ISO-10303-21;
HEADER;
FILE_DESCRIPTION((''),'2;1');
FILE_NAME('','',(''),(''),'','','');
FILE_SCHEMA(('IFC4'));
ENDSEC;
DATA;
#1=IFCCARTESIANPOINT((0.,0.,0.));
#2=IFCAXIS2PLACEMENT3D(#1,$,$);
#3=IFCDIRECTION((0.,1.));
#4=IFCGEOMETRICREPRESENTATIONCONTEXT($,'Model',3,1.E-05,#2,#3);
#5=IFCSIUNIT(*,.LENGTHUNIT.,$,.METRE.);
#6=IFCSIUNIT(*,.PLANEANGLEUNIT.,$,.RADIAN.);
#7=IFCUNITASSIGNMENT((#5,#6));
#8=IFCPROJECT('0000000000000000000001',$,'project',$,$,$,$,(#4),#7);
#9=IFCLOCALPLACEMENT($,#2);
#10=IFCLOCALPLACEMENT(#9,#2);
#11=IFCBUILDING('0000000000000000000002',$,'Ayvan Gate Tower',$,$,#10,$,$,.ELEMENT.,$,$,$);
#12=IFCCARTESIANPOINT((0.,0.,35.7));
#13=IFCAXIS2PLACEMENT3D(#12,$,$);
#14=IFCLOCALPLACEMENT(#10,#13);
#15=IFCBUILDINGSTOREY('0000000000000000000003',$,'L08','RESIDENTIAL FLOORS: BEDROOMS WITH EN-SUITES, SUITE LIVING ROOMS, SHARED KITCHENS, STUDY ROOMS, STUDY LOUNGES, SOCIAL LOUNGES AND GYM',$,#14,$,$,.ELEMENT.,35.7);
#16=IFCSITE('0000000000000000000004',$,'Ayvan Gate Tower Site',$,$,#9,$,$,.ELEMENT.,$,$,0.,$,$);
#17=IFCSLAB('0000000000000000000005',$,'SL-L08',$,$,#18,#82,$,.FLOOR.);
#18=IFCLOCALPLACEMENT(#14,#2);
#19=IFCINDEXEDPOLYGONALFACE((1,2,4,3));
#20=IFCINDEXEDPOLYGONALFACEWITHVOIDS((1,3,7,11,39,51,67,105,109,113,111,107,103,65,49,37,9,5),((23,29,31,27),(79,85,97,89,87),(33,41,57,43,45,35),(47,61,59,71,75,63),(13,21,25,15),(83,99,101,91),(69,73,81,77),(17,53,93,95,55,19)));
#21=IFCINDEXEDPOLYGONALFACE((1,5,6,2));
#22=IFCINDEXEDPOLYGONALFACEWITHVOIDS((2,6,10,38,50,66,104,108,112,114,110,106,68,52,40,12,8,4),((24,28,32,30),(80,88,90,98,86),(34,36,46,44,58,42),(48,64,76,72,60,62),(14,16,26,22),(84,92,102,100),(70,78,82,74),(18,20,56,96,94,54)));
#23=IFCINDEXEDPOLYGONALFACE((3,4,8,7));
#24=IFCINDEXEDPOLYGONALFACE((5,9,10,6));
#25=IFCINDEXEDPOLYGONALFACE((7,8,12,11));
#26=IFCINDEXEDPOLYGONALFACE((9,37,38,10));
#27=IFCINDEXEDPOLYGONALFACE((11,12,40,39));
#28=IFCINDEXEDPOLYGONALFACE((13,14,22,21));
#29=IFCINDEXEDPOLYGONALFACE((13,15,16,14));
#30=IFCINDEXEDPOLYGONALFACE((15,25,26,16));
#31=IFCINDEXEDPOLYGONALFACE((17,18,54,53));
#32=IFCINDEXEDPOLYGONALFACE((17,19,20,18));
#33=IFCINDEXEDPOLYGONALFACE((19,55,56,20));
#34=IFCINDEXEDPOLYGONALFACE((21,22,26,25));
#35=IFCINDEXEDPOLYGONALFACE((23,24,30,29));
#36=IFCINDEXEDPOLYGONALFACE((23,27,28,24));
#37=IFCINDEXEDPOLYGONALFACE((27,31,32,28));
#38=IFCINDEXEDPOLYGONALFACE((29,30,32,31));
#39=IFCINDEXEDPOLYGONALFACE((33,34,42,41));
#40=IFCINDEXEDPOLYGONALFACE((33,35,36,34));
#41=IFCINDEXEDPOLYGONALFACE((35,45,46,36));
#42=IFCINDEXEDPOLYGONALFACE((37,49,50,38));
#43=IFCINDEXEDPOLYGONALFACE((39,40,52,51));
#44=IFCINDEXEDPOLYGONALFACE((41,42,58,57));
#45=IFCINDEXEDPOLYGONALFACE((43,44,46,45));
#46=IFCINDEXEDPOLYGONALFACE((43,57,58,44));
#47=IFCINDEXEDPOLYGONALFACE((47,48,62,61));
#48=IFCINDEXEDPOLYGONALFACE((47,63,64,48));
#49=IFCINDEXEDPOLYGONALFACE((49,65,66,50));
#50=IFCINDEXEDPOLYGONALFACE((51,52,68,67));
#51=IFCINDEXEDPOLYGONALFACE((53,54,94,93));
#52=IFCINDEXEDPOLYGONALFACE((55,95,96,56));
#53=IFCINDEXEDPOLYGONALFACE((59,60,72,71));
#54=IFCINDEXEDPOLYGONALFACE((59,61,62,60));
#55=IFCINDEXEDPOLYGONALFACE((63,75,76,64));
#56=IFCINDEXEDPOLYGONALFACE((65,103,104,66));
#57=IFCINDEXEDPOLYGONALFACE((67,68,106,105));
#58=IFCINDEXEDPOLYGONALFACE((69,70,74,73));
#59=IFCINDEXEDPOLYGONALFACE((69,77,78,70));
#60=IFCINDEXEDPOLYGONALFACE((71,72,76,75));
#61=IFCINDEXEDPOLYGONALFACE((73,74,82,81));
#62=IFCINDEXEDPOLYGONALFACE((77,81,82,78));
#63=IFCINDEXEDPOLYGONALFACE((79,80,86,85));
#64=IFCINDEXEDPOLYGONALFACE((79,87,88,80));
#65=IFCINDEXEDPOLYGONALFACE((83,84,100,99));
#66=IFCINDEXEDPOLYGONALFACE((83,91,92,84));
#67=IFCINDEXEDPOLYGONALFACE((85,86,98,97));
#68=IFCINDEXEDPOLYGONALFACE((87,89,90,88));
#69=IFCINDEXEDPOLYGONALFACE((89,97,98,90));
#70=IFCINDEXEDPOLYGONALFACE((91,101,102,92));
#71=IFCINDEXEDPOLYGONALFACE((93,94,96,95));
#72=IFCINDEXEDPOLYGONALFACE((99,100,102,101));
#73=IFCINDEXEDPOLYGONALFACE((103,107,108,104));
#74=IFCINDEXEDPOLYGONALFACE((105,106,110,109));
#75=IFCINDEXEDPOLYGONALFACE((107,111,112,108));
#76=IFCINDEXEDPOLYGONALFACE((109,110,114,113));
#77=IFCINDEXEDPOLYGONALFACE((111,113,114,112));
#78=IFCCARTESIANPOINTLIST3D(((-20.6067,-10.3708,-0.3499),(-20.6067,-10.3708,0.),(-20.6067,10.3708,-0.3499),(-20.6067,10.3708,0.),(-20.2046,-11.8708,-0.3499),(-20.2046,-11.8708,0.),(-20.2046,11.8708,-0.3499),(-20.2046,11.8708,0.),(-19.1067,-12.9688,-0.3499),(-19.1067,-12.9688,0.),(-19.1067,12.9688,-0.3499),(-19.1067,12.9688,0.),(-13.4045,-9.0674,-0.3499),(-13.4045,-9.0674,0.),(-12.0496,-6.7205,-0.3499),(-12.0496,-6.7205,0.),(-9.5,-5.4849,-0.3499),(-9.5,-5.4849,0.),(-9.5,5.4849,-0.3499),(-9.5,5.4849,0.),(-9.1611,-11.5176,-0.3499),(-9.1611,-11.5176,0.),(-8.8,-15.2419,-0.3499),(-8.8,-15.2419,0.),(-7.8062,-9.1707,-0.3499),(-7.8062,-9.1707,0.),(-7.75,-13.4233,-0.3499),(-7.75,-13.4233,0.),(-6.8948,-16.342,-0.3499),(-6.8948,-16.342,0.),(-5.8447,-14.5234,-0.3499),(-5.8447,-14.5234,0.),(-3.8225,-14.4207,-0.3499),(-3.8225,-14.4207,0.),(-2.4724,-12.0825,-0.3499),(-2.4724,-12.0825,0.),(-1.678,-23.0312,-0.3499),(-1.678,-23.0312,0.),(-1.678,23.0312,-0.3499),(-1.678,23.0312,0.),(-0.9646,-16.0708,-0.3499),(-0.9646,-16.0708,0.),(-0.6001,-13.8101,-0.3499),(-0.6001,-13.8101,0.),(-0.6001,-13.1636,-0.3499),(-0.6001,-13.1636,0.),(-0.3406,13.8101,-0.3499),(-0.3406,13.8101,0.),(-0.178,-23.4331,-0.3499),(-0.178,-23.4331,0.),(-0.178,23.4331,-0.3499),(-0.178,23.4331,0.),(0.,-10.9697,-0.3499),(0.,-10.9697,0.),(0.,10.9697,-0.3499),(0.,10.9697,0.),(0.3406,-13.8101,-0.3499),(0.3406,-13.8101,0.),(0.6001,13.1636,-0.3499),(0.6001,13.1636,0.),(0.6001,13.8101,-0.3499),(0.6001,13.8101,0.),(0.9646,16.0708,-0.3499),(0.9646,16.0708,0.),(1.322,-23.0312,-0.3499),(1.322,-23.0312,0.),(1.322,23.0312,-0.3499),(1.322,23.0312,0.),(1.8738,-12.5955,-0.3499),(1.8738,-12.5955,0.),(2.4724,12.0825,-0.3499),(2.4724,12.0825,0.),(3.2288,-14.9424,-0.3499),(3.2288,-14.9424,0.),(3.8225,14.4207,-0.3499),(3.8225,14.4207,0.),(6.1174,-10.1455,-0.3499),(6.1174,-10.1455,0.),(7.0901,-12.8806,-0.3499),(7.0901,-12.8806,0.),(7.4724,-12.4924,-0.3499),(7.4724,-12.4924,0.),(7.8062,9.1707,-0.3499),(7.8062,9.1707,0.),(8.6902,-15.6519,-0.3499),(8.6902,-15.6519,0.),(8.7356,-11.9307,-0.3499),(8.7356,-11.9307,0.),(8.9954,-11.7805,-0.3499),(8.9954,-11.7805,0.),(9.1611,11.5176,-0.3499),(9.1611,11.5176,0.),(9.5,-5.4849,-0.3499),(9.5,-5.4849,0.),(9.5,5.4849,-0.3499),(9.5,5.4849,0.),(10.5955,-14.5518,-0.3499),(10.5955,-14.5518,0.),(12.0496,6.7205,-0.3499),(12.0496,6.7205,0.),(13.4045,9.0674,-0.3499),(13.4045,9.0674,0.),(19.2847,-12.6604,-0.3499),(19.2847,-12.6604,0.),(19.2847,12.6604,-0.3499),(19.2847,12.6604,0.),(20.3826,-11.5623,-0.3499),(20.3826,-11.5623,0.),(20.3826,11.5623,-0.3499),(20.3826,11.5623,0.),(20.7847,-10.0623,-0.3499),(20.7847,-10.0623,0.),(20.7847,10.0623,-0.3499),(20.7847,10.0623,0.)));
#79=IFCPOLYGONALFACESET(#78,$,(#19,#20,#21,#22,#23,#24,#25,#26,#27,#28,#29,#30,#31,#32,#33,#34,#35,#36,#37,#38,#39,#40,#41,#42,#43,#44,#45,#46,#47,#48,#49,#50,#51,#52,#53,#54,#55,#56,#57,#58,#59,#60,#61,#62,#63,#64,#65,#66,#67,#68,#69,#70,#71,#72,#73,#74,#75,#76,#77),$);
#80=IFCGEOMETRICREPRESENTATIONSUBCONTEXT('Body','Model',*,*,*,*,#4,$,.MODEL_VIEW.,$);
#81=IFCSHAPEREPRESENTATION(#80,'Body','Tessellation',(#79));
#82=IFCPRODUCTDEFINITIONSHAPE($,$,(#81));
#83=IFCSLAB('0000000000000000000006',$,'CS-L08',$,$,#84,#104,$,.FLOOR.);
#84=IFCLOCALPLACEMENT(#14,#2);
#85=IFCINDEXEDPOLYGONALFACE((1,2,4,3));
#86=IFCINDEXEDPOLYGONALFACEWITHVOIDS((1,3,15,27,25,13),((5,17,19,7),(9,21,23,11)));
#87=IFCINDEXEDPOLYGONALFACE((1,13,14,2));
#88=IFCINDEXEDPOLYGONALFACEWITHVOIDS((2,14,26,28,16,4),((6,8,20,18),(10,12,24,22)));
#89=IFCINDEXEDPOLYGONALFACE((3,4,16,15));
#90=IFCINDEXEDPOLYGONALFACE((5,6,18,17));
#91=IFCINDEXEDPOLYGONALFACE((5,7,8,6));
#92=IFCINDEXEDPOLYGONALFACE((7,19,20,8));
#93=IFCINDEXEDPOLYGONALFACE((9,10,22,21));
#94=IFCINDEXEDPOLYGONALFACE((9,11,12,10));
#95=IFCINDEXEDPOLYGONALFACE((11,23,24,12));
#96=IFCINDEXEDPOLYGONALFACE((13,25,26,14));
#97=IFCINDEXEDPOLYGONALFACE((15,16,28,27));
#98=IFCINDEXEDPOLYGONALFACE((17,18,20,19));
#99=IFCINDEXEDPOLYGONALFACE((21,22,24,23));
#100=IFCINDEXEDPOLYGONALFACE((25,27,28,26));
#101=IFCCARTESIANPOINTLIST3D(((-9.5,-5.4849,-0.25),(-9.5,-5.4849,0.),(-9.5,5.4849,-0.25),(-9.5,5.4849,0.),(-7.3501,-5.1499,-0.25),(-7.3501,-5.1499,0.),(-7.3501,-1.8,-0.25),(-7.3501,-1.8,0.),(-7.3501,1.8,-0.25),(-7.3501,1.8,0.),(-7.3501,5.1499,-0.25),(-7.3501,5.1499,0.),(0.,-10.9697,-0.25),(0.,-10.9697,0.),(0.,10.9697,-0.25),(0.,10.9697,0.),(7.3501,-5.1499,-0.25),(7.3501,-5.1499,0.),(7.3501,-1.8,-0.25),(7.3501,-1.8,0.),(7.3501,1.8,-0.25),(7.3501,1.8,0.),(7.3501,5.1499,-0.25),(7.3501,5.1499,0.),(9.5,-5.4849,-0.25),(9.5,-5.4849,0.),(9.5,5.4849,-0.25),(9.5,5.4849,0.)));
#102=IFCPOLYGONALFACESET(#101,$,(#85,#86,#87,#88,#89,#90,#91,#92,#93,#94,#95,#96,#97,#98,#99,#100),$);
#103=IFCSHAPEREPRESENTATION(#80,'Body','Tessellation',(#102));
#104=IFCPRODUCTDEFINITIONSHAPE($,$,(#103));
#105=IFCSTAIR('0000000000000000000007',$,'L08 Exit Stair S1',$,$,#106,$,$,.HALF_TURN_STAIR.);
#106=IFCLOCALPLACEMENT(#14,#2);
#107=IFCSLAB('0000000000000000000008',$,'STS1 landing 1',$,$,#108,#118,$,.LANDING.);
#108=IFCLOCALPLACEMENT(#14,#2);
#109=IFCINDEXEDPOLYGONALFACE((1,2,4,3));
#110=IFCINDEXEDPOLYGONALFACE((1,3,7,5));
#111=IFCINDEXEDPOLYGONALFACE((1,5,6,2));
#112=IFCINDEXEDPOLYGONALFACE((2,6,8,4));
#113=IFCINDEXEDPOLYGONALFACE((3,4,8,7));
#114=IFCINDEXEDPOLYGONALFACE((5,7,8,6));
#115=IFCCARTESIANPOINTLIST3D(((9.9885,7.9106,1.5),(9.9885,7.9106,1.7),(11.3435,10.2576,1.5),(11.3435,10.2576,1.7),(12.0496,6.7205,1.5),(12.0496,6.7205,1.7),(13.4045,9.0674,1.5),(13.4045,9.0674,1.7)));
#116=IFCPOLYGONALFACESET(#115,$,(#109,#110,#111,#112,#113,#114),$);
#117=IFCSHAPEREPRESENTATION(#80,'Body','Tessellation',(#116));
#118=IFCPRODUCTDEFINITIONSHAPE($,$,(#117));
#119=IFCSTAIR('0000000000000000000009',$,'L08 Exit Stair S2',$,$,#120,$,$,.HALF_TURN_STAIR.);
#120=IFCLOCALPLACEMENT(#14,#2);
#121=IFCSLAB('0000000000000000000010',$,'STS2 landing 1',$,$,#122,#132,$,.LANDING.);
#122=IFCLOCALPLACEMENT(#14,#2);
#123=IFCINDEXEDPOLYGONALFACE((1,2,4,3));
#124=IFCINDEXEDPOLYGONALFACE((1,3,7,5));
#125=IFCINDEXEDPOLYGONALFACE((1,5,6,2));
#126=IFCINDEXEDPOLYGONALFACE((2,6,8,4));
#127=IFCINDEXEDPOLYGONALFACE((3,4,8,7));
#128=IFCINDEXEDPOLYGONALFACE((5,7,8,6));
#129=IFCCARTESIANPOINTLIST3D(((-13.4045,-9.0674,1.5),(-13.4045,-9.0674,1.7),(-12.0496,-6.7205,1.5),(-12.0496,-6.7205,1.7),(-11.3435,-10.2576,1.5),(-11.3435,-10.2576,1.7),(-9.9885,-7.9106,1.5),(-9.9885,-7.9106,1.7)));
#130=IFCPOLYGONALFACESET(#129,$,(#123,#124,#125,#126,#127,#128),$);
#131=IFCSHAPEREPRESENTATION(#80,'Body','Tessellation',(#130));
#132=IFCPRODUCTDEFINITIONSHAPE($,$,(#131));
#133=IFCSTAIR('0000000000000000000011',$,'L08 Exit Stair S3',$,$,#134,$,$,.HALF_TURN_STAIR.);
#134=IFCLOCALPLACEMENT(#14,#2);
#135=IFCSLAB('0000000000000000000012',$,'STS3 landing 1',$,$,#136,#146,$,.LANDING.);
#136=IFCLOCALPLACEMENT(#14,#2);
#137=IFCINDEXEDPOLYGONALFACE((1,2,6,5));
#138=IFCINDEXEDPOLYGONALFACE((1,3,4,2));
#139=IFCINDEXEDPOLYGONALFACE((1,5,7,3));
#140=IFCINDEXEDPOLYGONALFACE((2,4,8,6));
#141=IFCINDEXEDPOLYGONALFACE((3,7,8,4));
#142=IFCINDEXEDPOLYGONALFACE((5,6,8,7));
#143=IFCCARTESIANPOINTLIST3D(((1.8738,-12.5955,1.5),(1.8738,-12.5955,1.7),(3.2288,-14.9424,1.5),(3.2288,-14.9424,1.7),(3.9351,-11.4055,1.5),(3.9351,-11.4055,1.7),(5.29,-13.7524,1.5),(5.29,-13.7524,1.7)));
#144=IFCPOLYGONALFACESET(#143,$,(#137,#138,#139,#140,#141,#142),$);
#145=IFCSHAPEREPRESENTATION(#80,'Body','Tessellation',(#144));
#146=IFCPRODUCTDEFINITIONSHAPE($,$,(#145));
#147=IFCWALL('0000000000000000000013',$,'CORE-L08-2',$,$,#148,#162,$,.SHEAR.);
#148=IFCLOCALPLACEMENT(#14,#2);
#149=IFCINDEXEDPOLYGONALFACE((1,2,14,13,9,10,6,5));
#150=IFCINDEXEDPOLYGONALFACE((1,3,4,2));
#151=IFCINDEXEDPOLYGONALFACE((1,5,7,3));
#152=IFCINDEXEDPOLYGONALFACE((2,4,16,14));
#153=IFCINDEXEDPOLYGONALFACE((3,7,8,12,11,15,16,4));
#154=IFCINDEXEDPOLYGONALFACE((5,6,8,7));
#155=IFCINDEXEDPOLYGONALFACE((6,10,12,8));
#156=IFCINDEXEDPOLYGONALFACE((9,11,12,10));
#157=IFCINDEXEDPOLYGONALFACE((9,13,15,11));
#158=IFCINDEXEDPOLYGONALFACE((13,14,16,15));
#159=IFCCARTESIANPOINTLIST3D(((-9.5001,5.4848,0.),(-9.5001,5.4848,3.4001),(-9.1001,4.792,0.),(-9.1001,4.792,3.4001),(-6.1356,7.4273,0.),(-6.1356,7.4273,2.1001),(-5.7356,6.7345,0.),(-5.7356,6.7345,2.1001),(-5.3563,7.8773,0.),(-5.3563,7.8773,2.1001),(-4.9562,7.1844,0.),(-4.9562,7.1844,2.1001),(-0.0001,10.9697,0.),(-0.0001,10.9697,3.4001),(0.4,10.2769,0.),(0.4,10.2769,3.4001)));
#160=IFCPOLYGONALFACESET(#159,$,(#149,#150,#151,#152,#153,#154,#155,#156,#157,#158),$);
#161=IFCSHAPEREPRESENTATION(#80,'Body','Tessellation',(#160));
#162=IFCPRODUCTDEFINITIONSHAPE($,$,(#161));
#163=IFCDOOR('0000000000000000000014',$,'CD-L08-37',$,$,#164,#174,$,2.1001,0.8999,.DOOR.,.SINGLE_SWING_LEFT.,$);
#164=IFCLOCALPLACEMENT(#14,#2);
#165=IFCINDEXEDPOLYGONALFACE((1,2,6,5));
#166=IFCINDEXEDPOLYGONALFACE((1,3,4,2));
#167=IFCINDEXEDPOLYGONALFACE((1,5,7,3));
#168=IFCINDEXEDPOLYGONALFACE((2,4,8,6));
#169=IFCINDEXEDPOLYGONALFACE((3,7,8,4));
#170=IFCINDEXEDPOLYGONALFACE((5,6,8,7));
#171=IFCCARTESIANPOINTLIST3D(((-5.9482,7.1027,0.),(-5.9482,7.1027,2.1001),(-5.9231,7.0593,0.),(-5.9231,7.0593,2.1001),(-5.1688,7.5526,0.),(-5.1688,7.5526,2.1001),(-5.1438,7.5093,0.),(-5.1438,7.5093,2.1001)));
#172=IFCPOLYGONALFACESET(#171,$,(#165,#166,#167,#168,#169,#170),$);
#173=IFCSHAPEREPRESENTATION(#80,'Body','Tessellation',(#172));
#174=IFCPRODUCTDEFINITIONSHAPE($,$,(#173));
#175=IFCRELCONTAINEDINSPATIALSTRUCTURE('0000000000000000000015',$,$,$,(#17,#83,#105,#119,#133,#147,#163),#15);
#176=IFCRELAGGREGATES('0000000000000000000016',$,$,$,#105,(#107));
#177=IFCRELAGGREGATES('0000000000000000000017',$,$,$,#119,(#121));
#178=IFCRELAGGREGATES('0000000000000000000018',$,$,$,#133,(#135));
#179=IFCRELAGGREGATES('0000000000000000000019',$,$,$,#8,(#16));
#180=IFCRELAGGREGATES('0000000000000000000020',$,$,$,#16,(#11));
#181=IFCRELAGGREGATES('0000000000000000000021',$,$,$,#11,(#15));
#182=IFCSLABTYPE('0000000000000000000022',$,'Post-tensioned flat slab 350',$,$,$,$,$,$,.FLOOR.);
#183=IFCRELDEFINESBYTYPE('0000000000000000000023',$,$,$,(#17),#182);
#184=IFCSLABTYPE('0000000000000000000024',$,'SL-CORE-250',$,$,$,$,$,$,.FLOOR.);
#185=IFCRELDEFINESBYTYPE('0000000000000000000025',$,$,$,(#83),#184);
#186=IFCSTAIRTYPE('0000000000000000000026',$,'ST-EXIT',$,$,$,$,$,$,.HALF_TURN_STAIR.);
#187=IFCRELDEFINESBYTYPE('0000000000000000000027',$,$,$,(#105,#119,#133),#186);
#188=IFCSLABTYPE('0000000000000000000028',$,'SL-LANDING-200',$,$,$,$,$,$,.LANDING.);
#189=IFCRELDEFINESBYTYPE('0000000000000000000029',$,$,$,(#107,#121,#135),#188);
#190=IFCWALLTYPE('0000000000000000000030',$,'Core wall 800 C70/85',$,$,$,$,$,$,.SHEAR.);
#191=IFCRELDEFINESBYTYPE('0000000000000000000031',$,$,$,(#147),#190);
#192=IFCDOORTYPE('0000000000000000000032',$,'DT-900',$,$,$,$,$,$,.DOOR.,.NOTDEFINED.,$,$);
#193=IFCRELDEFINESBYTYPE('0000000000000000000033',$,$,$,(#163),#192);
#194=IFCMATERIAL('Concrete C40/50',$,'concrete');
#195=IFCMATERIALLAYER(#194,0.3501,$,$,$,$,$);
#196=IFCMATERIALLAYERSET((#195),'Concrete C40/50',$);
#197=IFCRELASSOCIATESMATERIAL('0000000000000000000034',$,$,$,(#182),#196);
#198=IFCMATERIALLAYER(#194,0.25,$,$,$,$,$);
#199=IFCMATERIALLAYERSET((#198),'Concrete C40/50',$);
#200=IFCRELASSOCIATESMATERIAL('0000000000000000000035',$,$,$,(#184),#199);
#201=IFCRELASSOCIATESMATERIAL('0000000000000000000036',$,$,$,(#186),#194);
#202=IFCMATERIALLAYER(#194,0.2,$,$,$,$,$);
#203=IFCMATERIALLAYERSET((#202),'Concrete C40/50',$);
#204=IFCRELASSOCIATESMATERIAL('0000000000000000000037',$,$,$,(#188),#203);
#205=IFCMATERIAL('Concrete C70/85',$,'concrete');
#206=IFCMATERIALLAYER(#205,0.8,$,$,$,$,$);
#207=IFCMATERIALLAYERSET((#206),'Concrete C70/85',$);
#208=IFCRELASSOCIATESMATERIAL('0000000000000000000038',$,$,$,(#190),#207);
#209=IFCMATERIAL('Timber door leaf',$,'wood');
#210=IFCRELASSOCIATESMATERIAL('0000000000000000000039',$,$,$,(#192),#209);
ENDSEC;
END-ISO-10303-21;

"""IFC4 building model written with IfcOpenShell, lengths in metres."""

from ifc_helpers import new_model, si_unit, direction, frame, frame_2d, origin, place, context, subcontext, project, spatial, polyline, rectangle, outline, extrude, material, layer, layer_set, type_object, element, fill, aggregate, save


model = new_model("IFC4")

# Units and contexts
model_context = context("Model", 3, precision=1e-05, world=origin(), true_north=direction((0.0, 1.0)))
body_context = subcontext(model_context, "Body", "Model", "MODEL_VIEW")
ifc_project = project(units=[si_unit("LENGTHUNIT", "METRE"), si_unit("PLANEANGLEUNIT", "RADIAN")], contexts=[model_context])

# Site, building, storey
site_placement = place(None, origin())
site = spatial("IfcSite", under=ifc_project, at=site_placement, Name="Ayvan Gate Tower Site", CompositionType="ELEMENT", RefElevation=0.0)
building_placement = place(site_placement, origin())
building = spatial("IfcBuilding", under=site, at=building_placement, Name="Ayvan Gate Tower", CompositionType="ELEMENT")
storey_placement = place(building_placement, frame((0.0, 0.0, 35.7)))
storey = spatial("IfcBuildingStorey", under=building, at=storey_placement, Name="L08", Description="RESIDENTIAL FLOORS: BEDROOMS WITH EN-SUITES, SUITE LIVING ROOMS, SHARED KITCHENS, STUDY ROOMS, STUDY LOUNGES, SOCIAL LOUNGES AND GYM", CompositionType="ELEMENT", Elevation=35.7)

# Slabs
ifc_material_1 = material(Name="Concrete C40/50", Category="concrete")
ifc_layer_1 = layer(ifc_material_1, 0.3501)
ifc_layer_set_1 = layer_set([ifc_layer_1], Name="Concrete C40/50")
slab_type_1 = type_object("IfcSlabType", Name="Post-tensioned flat slab 350", PredefinedType="FLOOR", material=ifc_layer_set_1)
slab_1_placement = place(storey_placement, frame((0.0, 0.0, -0.3499)))
element("IfcSlab", 1, at=slab_1_placement, inside=storey, type_object=slab_type_1, Name="SL-L08", PredefinedType="FLOOR", context=body_context, shape_type="SweptSolid", body=[
    extrude(outline(polyline([(-1.678, -23.0312), (-19.1067, -12.9688), (-20.2046, -11.8708), (-20.6067, -10.3708), (-20.6067, 10.3708), (-20.2046, 11.8708), (-19.1067, 12.9688), (-1.678, 23.0312), (-0.178, 23.4331), (1.322, 23.0312), (19.2847, 12.6604), (20.3826, 11.5623), (20.7847, 10.0623), (20.7847, -10.0623), (20.3826, -11.5623), (19.2847, -12.6604), (1.322, -23.0312), (-0.178, -23.4331), (-1.678, -23.0312)]), holes=[polyline([(9.1611, 11.5176), (7.8062, 9.1707), (12.0496, 6.7205), (13.4045, 9.0674), (9.1611, 11.5176)]), polyline([(10.5955, -14.5518), (8.9954, -11.7805), (8.7356, -11.9307), (7.0901, -12.8806), (8.6902, -15.6519), (10.5955, -14.5518)]), polyline([(-9.5, 5.4849), (-9.5, -5.4849), (0.0, -10.9697), (9.5, -5.4849), (9.5, 5.4849), (0.0, 10.9697), (-9.5, 5.4849)]), polyline([(7.4724, -12.4924), (6.1174, -10.1455), (1.8738, -12.5955), (3.2288, -14.9424), (7.4724, -12.4924)]), polyline([(3.8225, 14.4207), (0.9646, 16.0708), (-0.3406, 13.8101), (0.6001, 13.8101), (0.6001, 13.1636), (2.4724, 12.0825), (3.8225, 14.4207)]), polyline([(-0.6001, -13.8101), (-0.6001, -13.1636), (-2.4724, -12.0825), (-3.8225, -14.4207), (-0.9646, -16.0708), (0.3406, -13.8101), (-0.6001, -13.8101)]), polyline([(-8.8, -15.2419), (-6.8948, -16.342), (-5.8447, -14.5234), (-7.75, -13.4233), (-8.8, -15.2419)]), polyline([(-12.0496, -6.7205), (-13.4045, -9.0674), (-9.1611, -11.5176), (-7.8062, -9.1707), (-12.0496, -6.7205)])]), origin(), (0.0, 0.0, 1.0), 0.3499),
])
ifc_layer_2 = layer(ifc_material_1, 0.25)
ifc_layer_set_2 = layer_set([ifc_layer_2], Name="Concrete C40/50")
slab_type_2 = type_object("IfcSlabType", Name="SL-CORE-250", PredefinedType="FLOOR", material=ifc_layer_set_2)
slab_2_placement = place(storey_placement, frame((0.0, 0.0, -0.25)))
element("IfcSlab", 2, at=slab_2_placement, inside=storey, type_object=slab_type_2, Name="CS-L08", PredefinedType="FLOOR", context=body_context, shape_type="SweptSolid", body=[
    extrude(outline(polyline([(9.5, -5.4849), (0.0, -10.9697), (-9.5, -5.4849), (-9.5, 5.4849), (0.0, 10.9697), (9.5, 5.4849), (9.5, -5.4849)]), holes=[polyline([(-7.3501, -1.8), (-7.3501, -5.1499), (7.3501, -5.1499), (7.3501, -1.8), (-7.3501, -1.8)]), polyline([(-7.3501, 5.1499), (-7.3501, 1.8), (7.3501, 1.8), (7.3501, 5.1499), (-7.3501, 5.1499)])]), origin(), (0.0, 0.0, 1.0), 0.25),
])

# Stairs, slabs
stair_type = type_object("IfcStairType", Name="ST-EXIT", PredefinedType="HALF_TURN_STAIR", material=ifc_material_1)
stair_1_placement = place(storey_placement, origin())
stair_1 = element("IfcStair", 3, at=stair_1_placement, inside=storey, type_object=stair_type, Name="L08 Exit Stair S1", PredefinedType="HALF_TURN_STAIR")
ifc_layer_3 = layer(ifc_material_1, 0.2)
ifc_layer_set_3 = layer_set([ifc_layer_3], Name="Concrete C40/50")
slab_type_3 = type_object("IfcSlabType", Name="SL-LANDING-200", PredefinedType="LANDING", material=ifc_layer_set_3)
slab_3_placement = place(storey_placement, frame((0.0, 0.0, 1.5)))
slab_3 = element("IfcSlab", 4, at=slab_3_placement, type_object=slab_type_3, Name="STS1 landing 1", PredefinedType="LANDING", context=body_context, shape_type="SweptSolid", body=[
    extrude(outline(polyline([(9.9885, 7.9106), (12.0496, 6.7205), (13.4045, 9.0674), (11.3435, 10.2576), (9.9885, 7.9106)])), origin(), (0.0, 0.0, 1.0), 0.2),
])
aggregate(stair_1, [slab_3])
stair_2_placement = place(storey_placement, origin())
stair_2 = element("IfcStair", 5, at=stair_2_placement, inside=storey, type_object=stair_type, Name="L08 Exit Stair S2", PredefinedType="HALF_TURN_STAIR")
slab_4_placement = place(storey_placement, frame((0.0, 0.0, 1.5)))
slab_4 = element("IfcSlab", 6, at=slab_4_placement, type_object=slab_type_3, Name="STS2 landing 1", PredefinedType="LANDING", context=body_context, shape_type="SweptSolid", body=[
    extrude(outline(polyline([(-9.9885, -7.9106), (-12.0496, -6.7205), (-13.4045, -9.0674), (-11.3435, -10.2576), (-9.9885, -7.9106)])), origin(), (0.0, 0.0, 1.0), 0.2),
])
aggregate(stair_2, [slab_4])
stair_3_placement = place(storey_placement, origin())
stair_3 = element("IfcStair", 7, at=stair_3_placement, inside=storey, type_object=stair_type, Name="L08 Exit Stair S3", PredefinedType="HALF_TURN_STAIR")
slab_5_placement = place(storey_placement, frame((0.0, 0.0, 1.5)))
slab_5 = element("IfcSlab", 8, at=slab_5_placement, type_object=slab_type_3, Name="STS3 landing 1", PredefinedType="LANDING", context=body_context, shape_type="SweptSolid", body=[
    extrude(outline(polyline([(3.9351, -11.4055), (1.8738, -12.5955), (3.2288, -14.9424), (5.29, -13.7524), (3.9351, -11.4055)])), origin(), (0.0, 0.0, 1.0), 0.2),
])
aggregate(stair_3, [slab_5])

# Wall, opening, door
ifc_material_2 = material(Name="Concrete C70/85", Category="concrete")
ifc_layer_4 = layer(ifc_material_2, 0.8)
ifc_layer_set_4 = layer_set([ifc_layer_4], Name="Concrete C70/85")
wall_type_1 = type_object("IfcWallType", Name="Core wall 800 C70/85", PredefinedType="SHEAR", material=ifc_layer_set_4)
wall_1_placement = place(storey_placement, frame((0.2, 10.6233, 0.0), z_axis=(0.0, 0.0, 1.0), x_axis=(-0.866024, -0.500002, 0.0)))
wall_1 = element("IfcWall", 9, at=wall_1_placement, inside=storey, type_object=wall_type_1, Name="CORE-L08-2", PredefinedType="SHEAR", context=body_context, shape_type="SweptSolid", body=[
    extrude(rectangle(XDim=10.9697, YDim=0.8, at=frame_2d((5.4849, 0.0))), origin(), (0.0, 0.0, 1.0), 3.4001),
])
opening_placement = place(wall_1_placement, frame((6.1848, 0.0, 0.0)))
opening = element("IfcOpeningElement", 10, at=opening_placement, cuts=wall_1, PredefinedType="OPENING", context=body_context, shape_type="SweptSolid", body=[
    extrude(rectangle(XDim=0.8999, YDim=2.1001, at=frame_2d((0.45, 1.05))), frame((0.0, 0.4099, 0.0), z_axis=(0.0, -1.0, 0.0), x_axis=(1.0, 0.0, 0.0)), (0.0, 0.0, 1.0), 0.8201),
])
ifc_material_3 = material(Name="Timber door leaf", Category="wood")
door_type = type_object("IfcDoorType", Name="DT-900", OperationType="NOTDEFINED", PredefinedType="DOOR", material=ifc_material_3)
door_placement = place(opening_placement, origin())
door = element("IfcDoor", 11, at=door_placement, inside=storey, type_object=door_type, Name="CD-L08-37", OperationType="SINGLE_SWING_LEFT", OverallHeight=2.1001, OverallWidth=0.8999, PredefinedType="DOOR", context=body_context, shape_type="SweptSolid", body=[
    extrude(rectangle(XDim=0.8999, YDim=2.1001, at=frame_2d((0.45, 1.05))), frame((0.0, 0.0249, 0.0), z_axis=(0.0, -1.0, 0.0), x_axis=(1.0, 0.0, 0.0)), (0.0, 0.0, 1.0), 0.05),
])
fill(opening, door)

save(model, "model.ifc")
